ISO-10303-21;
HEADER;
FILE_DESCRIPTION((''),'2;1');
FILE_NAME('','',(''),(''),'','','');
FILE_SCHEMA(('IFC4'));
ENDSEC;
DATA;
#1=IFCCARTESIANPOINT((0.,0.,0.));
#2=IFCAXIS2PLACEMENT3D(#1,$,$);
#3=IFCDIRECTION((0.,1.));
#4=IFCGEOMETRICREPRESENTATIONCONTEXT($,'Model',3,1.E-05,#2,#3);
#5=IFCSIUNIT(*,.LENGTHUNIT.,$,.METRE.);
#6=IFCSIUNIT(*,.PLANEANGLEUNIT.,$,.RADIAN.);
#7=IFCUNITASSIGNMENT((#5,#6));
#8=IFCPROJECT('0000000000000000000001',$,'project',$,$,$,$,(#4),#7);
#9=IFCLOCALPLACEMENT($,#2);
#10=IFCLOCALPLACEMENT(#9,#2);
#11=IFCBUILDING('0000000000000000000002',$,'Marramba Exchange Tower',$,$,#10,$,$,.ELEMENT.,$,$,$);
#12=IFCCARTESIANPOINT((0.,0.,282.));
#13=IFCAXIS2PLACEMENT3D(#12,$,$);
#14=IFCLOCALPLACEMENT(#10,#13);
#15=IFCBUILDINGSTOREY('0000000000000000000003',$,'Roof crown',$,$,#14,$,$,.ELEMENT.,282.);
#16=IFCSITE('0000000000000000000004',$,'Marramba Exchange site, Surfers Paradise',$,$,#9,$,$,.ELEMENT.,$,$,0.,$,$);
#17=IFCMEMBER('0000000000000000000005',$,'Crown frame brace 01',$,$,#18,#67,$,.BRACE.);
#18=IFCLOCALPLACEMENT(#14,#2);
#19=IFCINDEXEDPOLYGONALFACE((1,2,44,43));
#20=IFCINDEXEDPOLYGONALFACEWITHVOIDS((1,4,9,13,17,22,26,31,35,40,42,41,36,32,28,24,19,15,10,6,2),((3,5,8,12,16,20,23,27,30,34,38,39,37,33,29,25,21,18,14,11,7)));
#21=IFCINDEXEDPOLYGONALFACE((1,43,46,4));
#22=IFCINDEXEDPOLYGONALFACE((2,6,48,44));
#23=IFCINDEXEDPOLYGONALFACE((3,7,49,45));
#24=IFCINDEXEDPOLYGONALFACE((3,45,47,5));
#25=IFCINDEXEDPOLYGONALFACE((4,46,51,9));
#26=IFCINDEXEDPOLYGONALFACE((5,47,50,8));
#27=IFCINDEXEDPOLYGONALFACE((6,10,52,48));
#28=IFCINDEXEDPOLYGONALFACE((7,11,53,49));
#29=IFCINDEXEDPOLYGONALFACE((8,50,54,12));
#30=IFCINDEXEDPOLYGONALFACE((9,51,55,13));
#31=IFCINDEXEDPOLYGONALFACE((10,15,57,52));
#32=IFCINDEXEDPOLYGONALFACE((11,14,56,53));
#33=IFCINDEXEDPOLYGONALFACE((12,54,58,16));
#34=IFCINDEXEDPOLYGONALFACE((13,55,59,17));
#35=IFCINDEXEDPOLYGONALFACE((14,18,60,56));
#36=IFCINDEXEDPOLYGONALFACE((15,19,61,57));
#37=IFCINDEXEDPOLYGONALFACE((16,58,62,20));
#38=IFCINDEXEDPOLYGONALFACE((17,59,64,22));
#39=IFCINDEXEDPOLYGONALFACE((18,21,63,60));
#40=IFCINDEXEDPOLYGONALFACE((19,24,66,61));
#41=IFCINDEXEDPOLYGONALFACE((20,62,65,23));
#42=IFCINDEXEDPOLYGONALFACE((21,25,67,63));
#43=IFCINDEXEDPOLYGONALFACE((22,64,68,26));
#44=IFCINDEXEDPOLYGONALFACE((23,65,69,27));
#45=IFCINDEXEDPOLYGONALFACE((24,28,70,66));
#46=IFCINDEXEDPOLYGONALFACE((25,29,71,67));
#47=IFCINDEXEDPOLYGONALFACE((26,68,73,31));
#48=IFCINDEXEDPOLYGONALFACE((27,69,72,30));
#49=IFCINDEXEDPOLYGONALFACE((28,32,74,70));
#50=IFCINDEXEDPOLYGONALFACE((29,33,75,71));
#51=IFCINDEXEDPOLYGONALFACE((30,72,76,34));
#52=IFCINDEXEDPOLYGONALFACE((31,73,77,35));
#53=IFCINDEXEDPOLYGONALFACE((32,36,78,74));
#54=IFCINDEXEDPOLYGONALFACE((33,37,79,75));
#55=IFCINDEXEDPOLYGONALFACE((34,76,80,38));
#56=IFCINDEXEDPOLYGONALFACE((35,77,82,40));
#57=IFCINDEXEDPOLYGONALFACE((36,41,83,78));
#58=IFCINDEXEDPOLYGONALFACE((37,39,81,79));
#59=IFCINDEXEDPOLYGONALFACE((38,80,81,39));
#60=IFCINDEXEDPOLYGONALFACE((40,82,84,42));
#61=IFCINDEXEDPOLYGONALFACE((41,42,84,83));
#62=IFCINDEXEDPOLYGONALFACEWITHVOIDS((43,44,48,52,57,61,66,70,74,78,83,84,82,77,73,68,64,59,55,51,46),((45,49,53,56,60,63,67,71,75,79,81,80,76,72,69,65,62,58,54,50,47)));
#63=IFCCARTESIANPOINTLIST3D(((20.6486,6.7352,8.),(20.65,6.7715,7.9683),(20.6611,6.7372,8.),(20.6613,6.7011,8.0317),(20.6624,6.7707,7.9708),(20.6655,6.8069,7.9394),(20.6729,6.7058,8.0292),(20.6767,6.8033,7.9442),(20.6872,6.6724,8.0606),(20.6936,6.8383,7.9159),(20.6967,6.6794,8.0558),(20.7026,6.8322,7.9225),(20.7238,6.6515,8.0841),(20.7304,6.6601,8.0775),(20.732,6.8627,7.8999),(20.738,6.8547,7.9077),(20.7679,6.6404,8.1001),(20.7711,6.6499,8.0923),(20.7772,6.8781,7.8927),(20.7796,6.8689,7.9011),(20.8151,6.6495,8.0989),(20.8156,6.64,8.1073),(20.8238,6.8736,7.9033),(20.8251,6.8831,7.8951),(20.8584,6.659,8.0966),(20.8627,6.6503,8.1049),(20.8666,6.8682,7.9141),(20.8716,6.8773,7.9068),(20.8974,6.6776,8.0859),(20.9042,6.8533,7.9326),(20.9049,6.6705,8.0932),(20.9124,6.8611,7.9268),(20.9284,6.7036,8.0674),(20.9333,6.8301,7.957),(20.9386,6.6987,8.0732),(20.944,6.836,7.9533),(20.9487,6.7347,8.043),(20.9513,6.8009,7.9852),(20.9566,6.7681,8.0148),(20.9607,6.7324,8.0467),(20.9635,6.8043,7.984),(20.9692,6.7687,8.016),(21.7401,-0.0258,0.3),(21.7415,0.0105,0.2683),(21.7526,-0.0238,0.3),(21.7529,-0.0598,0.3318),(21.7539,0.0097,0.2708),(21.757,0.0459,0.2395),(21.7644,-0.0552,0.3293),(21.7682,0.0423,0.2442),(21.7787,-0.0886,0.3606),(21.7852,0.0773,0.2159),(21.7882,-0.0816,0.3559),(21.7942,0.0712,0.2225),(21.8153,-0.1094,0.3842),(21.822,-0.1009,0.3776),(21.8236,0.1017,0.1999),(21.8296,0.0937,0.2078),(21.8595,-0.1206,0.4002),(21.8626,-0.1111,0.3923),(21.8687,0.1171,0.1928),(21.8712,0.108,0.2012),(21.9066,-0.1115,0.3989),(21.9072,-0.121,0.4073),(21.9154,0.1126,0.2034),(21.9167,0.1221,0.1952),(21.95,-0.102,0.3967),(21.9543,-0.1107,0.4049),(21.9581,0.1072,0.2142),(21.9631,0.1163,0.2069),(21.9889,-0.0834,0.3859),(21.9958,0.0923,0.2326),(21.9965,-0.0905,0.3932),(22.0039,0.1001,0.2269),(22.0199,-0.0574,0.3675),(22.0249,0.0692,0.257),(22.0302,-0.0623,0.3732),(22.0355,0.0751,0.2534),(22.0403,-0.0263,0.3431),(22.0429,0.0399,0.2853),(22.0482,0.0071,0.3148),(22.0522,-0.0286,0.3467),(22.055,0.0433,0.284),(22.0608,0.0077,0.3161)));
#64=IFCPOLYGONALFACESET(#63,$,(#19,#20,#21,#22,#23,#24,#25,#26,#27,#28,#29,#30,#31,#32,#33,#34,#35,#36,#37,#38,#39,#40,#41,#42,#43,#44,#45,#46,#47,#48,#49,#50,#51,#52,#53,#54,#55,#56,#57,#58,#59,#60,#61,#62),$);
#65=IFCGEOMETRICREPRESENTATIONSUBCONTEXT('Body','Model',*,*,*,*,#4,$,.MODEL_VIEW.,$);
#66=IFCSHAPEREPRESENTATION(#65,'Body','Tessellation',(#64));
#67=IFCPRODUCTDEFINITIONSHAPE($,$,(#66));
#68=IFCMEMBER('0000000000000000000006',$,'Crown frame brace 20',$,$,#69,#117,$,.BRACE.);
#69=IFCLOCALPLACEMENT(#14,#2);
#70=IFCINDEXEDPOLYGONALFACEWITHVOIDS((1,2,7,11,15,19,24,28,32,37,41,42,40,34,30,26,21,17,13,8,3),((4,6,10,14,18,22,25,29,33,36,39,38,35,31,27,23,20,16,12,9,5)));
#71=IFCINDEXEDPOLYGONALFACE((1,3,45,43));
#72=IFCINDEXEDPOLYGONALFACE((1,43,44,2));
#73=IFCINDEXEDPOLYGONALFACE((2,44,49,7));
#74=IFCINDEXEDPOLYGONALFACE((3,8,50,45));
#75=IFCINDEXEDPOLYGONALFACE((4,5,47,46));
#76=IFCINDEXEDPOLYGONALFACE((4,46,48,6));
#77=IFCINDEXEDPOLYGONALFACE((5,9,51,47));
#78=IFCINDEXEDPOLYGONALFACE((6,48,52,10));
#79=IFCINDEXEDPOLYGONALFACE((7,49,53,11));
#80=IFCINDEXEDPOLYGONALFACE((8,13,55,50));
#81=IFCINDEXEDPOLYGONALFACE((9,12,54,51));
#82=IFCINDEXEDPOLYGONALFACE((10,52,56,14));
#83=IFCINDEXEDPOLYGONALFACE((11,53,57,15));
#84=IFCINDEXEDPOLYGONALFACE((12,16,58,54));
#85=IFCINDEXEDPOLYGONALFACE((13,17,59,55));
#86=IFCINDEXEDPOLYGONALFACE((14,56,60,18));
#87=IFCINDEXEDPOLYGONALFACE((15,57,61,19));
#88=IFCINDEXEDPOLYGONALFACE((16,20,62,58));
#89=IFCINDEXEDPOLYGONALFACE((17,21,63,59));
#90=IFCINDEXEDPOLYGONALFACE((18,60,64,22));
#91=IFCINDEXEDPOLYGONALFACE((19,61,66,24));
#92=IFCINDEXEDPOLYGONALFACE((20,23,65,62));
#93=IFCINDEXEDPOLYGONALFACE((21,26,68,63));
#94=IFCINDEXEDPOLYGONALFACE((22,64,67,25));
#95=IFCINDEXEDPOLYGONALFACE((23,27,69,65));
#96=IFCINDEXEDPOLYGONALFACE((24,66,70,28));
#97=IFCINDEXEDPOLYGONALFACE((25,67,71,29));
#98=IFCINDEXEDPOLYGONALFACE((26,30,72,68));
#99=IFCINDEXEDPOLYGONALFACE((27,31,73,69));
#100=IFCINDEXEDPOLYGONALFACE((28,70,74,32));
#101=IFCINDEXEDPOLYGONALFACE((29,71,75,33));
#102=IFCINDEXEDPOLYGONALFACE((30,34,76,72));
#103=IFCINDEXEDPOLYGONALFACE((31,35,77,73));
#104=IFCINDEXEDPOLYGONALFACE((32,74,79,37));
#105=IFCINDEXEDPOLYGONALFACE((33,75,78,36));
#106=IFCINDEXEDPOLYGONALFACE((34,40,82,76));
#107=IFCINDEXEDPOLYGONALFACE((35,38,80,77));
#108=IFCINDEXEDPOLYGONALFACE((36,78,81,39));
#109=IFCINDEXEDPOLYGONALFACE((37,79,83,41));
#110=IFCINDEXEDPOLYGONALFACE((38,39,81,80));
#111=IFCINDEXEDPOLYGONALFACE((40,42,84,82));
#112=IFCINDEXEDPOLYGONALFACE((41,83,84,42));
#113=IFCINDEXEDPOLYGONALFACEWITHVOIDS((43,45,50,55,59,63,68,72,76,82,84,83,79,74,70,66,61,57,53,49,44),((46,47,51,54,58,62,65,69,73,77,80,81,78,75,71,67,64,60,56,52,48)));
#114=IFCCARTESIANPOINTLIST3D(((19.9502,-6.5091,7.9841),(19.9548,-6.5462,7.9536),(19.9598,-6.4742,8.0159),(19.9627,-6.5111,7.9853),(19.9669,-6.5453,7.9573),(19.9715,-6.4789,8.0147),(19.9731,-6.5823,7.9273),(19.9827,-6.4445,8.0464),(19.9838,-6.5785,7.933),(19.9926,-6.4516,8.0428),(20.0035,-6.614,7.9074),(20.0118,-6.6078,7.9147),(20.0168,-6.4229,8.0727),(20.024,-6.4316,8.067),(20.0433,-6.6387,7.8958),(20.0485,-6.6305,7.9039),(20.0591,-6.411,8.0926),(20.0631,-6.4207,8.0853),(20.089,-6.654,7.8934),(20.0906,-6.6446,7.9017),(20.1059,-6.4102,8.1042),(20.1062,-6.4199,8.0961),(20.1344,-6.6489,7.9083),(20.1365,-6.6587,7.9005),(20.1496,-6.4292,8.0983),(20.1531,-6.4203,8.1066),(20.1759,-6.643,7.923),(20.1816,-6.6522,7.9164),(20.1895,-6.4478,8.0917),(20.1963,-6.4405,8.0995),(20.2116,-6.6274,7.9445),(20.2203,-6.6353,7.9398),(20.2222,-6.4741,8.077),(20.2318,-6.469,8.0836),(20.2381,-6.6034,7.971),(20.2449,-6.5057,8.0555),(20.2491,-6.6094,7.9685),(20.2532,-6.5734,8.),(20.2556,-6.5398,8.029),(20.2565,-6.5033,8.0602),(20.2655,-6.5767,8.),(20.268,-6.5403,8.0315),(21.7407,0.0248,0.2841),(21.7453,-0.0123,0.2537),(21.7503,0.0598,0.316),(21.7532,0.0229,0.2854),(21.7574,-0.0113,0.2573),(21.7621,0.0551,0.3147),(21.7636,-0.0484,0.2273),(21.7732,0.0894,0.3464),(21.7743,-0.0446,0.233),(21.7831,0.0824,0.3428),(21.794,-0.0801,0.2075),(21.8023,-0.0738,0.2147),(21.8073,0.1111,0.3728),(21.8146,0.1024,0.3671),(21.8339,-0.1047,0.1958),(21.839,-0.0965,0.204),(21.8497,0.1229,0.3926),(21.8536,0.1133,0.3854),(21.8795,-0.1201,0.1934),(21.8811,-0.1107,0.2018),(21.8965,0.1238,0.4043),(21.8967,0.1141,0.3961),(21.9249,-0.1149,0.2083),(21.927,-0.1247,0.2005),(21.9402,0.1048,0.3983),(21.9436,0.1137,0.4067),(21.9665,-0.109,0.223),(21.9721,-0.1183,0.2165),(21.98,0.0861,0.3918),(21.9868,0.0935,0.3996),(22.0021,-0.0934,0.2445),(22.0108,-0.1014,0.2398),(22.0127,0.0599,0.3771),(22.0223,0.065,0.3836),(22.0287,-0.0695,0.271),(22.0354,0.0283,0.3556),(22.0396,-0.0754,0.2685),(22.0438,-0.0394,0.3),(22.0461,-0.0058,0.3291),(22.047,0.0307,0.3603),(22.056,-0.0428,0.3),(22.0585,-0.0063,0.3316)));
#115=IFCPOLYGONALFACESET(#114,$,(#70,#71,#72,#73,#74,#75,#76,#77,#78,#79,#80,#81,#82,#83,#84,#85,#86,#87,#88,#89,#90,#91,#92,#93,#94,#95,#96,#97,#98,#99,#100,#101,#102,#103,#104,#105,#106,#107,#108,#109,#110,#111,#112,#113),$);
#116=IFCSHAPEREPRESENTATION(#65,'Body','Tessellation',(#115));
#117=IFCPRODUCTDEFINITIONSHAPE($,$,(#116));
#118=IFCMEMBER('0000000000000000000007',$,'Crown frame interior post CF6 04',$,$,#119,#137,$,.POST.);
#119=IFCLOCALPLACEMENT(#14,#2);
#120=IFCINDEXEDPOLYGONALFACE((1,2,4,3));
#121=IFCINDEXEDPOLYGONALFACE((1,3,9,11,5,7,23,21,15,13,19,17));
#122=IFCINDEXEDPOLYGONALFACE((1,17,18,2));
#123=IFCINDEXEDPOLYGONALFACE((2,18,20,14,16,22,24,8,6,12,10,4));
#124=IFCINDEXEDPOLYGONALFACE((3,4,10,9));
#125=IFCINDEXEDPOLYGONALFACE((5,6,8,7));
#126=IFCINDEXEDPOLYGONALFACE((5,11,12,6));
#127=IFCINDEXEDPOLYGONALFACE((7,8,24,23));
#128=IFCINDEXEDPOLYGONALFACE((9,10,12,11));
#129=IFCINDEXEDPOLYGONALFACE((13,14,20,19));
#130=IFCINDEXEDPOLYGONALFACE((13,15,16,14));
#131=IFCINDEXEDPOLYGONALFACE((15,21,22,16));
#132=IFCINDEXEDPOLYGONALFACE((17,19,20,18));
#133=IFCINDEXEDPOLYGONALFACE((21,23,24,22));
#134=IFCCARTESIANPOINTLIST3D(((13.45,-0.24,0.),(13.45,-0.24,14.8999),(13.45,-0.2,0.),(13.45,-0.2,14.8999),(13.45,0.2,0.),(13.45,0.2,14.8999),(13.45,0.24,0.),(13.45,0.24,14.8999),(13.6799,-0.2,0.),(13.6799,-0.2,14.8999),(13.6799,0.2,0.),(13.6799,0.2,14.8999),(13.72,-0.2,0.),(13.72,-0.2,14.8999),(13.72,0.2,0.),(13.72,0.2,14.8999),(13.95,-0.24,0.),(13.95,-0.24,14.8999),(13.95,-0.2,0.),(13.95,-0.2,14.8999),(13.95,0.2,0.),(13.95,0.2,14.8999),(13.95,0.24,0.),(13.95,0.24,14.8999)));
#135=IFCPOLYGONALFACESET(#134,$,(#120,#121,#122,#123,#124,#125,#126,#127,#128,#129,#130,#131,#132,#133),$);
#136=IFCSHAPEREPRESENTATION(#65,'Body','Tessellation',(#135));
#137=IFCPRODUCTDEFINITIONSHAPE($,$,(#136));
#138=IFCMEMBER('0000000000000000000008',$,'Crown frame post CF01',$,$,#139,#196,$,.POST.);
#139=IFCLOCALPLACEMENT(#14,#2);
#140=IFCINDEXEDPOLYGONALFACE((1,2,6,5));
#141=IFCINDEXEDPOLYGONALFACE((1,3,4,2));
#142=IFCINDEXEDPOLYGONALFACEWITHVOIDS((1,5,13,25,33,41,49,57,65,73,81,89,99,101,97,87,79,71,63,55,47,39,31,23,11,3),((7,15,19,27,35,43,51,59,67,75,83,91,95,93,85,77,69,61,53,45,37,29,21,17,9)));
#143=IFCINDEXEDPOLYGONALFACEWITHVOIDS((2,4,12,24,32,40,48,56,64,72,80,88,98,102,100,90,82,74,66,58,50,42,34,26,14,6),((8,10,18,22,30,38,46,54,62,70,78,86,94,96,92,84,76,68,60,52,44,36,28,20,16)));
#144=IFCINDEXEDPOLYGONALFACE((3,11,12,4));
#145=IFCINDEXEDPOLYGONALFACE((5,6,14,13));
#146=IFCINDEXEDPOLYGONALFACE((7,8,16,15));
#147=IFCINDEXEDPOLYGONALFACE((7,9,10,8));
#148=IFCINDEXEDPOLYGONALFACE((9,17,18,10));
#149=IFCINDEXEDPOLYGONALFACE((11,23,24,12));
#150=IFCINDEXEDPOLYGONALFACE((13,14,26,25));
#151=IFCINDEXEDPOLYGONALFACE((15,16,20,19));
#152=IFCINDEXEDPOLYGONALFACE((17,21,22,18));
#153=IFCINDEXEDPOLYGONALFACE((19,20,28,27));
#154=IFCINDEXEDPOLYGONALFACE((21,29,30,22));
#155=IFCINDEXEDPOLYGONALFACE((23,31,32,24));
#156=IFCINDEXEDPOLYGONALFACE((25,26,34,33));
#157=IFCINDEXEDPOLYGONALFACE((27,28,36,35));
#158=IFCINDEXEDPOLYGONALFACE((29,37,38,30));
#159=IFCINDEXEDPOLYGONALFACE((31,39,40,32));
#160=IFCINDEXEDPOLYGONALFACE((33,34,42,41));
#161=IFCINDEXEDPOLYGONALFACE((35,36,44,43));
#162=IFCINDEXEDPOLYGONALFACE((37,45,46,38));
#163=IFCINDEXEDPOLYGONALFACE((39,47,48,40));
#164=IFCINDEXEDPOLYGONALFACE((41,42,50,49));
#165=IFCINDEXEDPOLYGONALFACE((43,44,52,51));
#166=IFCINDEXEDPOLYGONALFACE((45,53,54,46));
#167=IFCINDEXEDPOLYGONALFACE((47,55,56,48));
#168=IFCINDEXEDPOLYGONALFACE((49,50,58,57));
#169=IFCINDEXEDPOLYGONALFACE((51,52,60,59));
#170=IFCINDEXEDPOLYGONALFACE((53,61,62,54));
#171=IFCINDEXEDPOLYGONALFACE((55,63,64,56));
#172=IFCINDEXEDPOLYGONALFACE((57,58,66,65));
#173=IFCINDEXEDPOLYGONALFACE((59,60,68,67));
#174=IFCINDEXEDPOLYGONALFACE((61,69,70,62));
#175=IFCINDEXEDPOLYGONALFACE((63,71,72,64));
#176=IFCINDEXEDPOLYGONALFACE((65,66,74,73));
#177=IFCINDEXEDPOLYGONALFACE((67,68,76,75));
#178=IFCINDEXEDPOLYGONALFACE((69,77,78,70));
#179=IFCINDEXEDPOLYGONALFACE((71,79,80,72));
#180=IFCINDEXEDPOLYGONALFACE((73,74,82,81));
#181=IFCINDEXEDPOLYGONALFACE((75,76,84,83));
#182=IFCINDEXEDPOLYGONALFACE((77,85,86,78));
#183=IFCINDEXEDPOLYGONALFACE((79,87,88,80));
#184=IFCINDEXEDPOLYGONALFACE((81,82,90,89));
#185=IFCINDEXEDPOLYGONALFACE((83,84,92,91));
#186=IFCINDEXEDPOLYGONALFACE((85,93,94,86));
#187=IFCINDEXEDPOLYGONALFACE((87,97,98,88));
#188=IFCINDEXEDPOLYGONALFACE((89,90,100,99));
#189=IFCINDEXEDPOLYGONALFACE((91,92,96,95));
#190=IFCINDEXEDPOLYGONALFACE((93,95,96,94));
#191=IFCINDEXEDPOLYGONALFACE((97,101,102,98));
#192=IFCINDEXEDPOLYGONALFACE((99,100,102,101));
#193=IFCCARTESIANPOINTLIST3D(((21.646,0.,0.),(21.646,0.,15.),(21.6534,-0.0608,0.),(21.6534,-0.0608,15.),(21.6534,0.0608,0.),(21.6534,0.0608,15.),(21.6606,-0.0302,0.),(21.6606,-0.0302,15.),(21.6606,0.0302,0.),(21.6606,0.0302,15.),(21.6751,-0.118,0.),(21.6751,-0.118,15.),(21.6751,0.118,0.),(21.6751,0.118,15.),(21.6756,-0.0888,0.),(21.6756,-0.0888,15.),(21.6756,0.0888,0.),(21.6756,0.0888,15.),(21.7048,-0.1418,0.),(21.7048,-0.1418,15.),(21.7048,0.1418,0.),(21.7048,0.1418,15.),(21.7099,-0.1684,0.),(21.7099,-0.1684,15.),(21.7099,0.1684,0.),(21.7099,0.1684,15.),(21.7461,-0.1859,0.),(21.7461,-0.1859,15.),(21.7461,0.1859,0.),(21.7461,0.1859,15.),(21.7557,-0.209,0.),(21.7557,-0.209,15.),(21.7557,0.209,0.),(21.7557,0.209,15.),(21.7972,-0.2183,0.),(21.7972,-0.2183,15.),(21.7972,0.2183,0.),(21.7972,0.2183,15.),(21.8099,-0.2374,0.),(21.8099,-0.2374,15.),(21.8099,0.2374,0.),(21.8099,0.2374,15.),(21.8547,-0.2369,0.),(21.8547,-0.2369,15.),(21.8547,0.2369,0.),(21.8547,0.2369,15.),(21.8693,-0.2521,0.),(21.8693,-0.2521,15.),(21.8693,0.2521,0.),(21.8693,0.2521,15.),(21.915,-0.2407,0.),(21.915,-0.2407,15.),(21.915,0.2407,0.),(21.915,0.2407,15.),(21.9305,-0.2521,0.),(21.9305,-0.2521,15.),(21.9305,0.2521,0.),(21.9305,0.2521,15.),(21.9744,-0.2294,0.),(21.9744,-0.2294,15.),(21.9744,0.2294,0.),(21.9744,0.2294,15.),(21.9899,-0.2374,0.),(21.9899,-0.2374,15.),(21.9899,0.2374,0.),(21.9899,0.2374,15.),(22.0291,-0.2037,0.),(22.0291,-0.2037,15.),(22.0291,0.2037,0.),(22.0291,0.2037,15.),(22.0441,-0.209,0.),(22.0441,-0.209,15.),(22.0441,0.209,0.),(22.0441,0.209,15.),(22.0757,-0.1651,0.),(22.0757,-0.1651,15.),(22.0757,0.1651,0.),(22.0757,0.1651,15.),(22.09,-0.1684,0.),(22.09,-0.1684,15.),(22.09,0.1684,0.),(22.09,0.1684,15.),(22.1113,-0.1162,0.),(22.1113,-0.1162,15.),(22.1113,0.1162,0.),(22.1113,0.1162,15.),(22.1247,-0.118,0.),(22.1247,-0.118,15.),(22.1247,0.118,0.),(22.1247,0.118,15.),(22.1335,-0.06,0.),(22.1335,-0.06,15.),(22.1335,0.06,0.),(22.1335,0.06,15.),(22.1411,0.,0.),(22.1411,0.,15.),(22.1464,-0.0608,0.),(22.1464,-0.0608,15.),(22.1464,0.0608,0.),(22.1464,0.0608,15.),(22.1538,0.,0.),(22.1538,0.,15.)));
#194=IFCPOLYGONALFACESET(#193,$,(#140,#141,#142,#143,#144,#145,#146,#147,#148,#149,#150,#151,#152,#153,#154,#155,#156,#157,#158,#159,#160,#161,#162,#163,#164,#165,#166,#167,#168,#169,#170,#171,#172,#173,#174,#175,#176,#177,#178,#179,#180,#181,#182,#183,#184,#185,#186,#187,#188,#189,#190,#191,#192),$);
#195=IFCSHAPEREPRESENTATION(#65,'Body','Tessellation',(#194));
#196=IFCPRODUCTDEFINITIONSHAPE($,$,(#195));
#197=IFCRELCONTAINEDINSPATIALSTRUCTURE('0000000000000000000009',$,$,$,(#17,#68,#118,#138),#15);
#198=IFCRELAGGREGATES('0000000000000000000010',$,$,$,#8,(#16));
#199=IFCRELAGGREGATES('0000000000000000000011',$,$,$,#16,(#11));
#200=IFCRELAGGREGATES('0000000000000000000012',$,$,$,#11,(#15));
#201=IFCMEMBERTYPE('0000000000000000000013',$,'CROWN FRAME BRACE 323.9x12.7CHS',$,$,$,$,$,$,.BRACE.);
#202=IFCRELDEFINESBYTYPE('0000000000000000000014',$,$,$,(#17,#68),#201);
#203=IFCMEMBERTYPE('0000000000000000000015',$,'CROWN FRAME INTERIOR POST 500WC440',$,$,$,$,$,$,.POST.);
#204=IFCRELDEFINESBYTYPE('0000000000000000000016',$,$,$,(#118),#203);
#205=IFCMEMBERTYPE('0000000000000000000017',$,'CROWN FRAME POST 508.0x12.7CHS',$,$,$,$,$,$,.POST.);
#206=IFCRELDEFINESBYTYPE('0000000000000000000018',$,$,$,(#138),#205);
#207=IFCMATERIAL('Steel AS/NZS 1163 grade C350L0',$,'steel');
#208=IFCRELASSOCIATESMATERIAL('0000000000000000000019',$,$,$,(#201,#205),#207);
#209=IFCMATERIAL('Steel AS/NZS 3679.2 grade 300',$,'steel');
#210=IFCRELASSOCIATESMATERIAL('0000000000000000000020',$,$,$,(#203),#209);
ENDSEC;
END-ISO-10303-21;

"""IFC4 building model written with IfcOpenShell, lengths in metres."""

from ifc_helpers import new_model, si_unit, direction, frame, origin, origin_2d, place, context, subcontext, project, spatial, hollow_circle, i_section, extrude, material, material_profile, profile_set, type_object, element, save


model = new_model("IFC4")

# Units and contexts
model_context = context("Model", 3, precision=1e-05, world=origin(), true_north=direction((0.0, 1.0)))
body_context = subcontext(model_context, "Body", "Model", "MODEL_VIEW")
ifc_project = project(units=[si_unit("LENGTHUNIT", "METRE"), si_unit("PLANEANGLEUNIT", "RADIAN")], contexts=[model_context])

# Site, building, storey
site_placement = place(None, origin())
site = spatial("IfcSite", under=ifc_project, at=site_placement, Name="Marramba Exchange site, Surfers Paradise", CompositionType="ELEMENT", RefElevation=0.0)
building_placement = place(site_placement, origin())
building = spatial("IfcBuilding", under=site, at=building_placement, Name="Marramba Exchange Tower", CompositionType="ELEMENT")
storey_placement = place(building_placement, frame((0.0, 0.0, 282.0)))
storey = spatial("IfcBuildingStorey", under=building, at=storey_placement, Name="Roof crown", CompositionType="ELEMENT", Elevation=282.0)

# Members
ifc_material_1 = material(Name="Steel AS/NZS 1163 grade C350L0", Category="steel")
ifc_material_profile_1 = material_profile(ifc_material_1, hollow_circle(Radius=0.1619, WallThickness=0.0127, at=origin_2d()), Name="323.9x12.7CHS")
ifc_profile_set_1 = profile_set([ifc_material_profile_1], Name="Steel AS/NZS 1163 grade C350L0")
member_type_1 = type_object("IfcMemberType", Name="CROWN FRAME BRACE 323.9x12.7CHS", PredefinedType="BRACE", material=ifc_profile_set_1)
member_1_placement = place(storey_placement, frame((21.8999, 0.0, 0.3), z_axis=(-0.105925, 0.656092, 0.74721), x_axis=(-0.987217, -0.159385, 0.0)))
element("IfcMember", 1, at=member_1_placement, inside=storey, type_object=member_type_1, Name="Crown frame brace 01", PredefinedType="BRACE", context=body_context, shape_type="SweptSolid", body=[
    extrude(hollow_circle(Radius=0.1619, WallThickness=0.0127, at=origin_2d()), origin(), (0.0, 0.0, 1.0), 10.3049),
])
member_2_placement = place(storey_placement, frame((21.8999, 0.0, 0.3), z_axis=(-0.174582, -0.637078, 0.750768), x_axis=(0.964443, -0.264291, 0.0)))
element("IfcMember", 2, at=member_2_placement, inside=storey, type_object=member_type_1, Name="Crown frame brace 20", PredefinedType="BRACE", context=body_context, shape_type="SweptSolid", body=[
    extrude(hollow_circle(Radius=0.1619, WallThickness=0.0127, at=origin_2d()), origin(), (0.0, 0.0, 1.0), 10.2561),
])
ifc_material_2 = material(Name="Steel AS/NZS 3679.2 grade 300", Category="steel")
ifc_material_profile_2 = material_profile(ifc_material_2, i_section(OverallWidth=0.5, OverallDepth=0.48, WebThickness=0.04, FlangeThickness=0.04, at=origin_2d()), Name="500WC440")
ifc_profile_set_2 = profile_set([ifc_material_profile_2], Name="Steel AS/NZS 3679.2 grade 300")
member_type_2 = type_object("IfcMemberType", Name="CROWN FRAME INTERIOR POST 500WC440", PredefinedType="POST", material=ifc_profile_set_2)
member_3_placement = place(storey_placement, frame((13.7, 0.0, 0.0), z_axis=(0.0, 0.0, 1.0), x_axis=(1.0, 0.0, 0.0)))
element("IfcMember", 3, at=member_3_placement, inside=storey, type_object=member_type_2, Name="Crown frame interior post CF6 04", PredefinedType="POST", context=body_context, shape_type="SweptSolid", body=[
    extrude(i_section(OverallWidth=0.5, OverallDepth=0.48, WebThickness=0.04, FlangeThickness=0.04, at=origin_2d()), origin(), (0.0, 0.0, 1.0), 14.8999),
])
ifc_material_profile_3 = material_profile(ifc_material_1, hollow_circle(Radius=0.2539, WallThickness=0.0127, at=origin_2d()), Name="508.0x12.7CHS")
ifc_profile_set_3 = profile_set([ifc_material_profile_3], Name="Steel AS/NZS 1163 grade C350L0")
member_type_3 = type_object("IfcMemberType", Name="CROWN FRAME POST 508.0x12.7CHS", PredefinedType="POST", material=ifc_profile_set_3)
for number, where, z_axis, x_axis, name in (
    (4, (21.8999, 0.0, 0.0), (0.0, 0.0, 1.0), (1.0, 0.0, 0.0), "Crown frame post CF01"),
):
    element("IfcMember", number, at=place(storey_placement, frame(where, z_axis=z_axis, x_axis=x_axis)), inside=storey, type_object=member_type_3, Name=name, PredefinedType="POST", context=body_context, shape_type="SweptSolid", body=[
        extrude(hollow_circle(Radius=0.2539, WallThickness=0.0127, at=origin_2d()), origin(), (0.0, 0.0, 1.0), 15.0),
    ])

save(model, "model.ifc")
